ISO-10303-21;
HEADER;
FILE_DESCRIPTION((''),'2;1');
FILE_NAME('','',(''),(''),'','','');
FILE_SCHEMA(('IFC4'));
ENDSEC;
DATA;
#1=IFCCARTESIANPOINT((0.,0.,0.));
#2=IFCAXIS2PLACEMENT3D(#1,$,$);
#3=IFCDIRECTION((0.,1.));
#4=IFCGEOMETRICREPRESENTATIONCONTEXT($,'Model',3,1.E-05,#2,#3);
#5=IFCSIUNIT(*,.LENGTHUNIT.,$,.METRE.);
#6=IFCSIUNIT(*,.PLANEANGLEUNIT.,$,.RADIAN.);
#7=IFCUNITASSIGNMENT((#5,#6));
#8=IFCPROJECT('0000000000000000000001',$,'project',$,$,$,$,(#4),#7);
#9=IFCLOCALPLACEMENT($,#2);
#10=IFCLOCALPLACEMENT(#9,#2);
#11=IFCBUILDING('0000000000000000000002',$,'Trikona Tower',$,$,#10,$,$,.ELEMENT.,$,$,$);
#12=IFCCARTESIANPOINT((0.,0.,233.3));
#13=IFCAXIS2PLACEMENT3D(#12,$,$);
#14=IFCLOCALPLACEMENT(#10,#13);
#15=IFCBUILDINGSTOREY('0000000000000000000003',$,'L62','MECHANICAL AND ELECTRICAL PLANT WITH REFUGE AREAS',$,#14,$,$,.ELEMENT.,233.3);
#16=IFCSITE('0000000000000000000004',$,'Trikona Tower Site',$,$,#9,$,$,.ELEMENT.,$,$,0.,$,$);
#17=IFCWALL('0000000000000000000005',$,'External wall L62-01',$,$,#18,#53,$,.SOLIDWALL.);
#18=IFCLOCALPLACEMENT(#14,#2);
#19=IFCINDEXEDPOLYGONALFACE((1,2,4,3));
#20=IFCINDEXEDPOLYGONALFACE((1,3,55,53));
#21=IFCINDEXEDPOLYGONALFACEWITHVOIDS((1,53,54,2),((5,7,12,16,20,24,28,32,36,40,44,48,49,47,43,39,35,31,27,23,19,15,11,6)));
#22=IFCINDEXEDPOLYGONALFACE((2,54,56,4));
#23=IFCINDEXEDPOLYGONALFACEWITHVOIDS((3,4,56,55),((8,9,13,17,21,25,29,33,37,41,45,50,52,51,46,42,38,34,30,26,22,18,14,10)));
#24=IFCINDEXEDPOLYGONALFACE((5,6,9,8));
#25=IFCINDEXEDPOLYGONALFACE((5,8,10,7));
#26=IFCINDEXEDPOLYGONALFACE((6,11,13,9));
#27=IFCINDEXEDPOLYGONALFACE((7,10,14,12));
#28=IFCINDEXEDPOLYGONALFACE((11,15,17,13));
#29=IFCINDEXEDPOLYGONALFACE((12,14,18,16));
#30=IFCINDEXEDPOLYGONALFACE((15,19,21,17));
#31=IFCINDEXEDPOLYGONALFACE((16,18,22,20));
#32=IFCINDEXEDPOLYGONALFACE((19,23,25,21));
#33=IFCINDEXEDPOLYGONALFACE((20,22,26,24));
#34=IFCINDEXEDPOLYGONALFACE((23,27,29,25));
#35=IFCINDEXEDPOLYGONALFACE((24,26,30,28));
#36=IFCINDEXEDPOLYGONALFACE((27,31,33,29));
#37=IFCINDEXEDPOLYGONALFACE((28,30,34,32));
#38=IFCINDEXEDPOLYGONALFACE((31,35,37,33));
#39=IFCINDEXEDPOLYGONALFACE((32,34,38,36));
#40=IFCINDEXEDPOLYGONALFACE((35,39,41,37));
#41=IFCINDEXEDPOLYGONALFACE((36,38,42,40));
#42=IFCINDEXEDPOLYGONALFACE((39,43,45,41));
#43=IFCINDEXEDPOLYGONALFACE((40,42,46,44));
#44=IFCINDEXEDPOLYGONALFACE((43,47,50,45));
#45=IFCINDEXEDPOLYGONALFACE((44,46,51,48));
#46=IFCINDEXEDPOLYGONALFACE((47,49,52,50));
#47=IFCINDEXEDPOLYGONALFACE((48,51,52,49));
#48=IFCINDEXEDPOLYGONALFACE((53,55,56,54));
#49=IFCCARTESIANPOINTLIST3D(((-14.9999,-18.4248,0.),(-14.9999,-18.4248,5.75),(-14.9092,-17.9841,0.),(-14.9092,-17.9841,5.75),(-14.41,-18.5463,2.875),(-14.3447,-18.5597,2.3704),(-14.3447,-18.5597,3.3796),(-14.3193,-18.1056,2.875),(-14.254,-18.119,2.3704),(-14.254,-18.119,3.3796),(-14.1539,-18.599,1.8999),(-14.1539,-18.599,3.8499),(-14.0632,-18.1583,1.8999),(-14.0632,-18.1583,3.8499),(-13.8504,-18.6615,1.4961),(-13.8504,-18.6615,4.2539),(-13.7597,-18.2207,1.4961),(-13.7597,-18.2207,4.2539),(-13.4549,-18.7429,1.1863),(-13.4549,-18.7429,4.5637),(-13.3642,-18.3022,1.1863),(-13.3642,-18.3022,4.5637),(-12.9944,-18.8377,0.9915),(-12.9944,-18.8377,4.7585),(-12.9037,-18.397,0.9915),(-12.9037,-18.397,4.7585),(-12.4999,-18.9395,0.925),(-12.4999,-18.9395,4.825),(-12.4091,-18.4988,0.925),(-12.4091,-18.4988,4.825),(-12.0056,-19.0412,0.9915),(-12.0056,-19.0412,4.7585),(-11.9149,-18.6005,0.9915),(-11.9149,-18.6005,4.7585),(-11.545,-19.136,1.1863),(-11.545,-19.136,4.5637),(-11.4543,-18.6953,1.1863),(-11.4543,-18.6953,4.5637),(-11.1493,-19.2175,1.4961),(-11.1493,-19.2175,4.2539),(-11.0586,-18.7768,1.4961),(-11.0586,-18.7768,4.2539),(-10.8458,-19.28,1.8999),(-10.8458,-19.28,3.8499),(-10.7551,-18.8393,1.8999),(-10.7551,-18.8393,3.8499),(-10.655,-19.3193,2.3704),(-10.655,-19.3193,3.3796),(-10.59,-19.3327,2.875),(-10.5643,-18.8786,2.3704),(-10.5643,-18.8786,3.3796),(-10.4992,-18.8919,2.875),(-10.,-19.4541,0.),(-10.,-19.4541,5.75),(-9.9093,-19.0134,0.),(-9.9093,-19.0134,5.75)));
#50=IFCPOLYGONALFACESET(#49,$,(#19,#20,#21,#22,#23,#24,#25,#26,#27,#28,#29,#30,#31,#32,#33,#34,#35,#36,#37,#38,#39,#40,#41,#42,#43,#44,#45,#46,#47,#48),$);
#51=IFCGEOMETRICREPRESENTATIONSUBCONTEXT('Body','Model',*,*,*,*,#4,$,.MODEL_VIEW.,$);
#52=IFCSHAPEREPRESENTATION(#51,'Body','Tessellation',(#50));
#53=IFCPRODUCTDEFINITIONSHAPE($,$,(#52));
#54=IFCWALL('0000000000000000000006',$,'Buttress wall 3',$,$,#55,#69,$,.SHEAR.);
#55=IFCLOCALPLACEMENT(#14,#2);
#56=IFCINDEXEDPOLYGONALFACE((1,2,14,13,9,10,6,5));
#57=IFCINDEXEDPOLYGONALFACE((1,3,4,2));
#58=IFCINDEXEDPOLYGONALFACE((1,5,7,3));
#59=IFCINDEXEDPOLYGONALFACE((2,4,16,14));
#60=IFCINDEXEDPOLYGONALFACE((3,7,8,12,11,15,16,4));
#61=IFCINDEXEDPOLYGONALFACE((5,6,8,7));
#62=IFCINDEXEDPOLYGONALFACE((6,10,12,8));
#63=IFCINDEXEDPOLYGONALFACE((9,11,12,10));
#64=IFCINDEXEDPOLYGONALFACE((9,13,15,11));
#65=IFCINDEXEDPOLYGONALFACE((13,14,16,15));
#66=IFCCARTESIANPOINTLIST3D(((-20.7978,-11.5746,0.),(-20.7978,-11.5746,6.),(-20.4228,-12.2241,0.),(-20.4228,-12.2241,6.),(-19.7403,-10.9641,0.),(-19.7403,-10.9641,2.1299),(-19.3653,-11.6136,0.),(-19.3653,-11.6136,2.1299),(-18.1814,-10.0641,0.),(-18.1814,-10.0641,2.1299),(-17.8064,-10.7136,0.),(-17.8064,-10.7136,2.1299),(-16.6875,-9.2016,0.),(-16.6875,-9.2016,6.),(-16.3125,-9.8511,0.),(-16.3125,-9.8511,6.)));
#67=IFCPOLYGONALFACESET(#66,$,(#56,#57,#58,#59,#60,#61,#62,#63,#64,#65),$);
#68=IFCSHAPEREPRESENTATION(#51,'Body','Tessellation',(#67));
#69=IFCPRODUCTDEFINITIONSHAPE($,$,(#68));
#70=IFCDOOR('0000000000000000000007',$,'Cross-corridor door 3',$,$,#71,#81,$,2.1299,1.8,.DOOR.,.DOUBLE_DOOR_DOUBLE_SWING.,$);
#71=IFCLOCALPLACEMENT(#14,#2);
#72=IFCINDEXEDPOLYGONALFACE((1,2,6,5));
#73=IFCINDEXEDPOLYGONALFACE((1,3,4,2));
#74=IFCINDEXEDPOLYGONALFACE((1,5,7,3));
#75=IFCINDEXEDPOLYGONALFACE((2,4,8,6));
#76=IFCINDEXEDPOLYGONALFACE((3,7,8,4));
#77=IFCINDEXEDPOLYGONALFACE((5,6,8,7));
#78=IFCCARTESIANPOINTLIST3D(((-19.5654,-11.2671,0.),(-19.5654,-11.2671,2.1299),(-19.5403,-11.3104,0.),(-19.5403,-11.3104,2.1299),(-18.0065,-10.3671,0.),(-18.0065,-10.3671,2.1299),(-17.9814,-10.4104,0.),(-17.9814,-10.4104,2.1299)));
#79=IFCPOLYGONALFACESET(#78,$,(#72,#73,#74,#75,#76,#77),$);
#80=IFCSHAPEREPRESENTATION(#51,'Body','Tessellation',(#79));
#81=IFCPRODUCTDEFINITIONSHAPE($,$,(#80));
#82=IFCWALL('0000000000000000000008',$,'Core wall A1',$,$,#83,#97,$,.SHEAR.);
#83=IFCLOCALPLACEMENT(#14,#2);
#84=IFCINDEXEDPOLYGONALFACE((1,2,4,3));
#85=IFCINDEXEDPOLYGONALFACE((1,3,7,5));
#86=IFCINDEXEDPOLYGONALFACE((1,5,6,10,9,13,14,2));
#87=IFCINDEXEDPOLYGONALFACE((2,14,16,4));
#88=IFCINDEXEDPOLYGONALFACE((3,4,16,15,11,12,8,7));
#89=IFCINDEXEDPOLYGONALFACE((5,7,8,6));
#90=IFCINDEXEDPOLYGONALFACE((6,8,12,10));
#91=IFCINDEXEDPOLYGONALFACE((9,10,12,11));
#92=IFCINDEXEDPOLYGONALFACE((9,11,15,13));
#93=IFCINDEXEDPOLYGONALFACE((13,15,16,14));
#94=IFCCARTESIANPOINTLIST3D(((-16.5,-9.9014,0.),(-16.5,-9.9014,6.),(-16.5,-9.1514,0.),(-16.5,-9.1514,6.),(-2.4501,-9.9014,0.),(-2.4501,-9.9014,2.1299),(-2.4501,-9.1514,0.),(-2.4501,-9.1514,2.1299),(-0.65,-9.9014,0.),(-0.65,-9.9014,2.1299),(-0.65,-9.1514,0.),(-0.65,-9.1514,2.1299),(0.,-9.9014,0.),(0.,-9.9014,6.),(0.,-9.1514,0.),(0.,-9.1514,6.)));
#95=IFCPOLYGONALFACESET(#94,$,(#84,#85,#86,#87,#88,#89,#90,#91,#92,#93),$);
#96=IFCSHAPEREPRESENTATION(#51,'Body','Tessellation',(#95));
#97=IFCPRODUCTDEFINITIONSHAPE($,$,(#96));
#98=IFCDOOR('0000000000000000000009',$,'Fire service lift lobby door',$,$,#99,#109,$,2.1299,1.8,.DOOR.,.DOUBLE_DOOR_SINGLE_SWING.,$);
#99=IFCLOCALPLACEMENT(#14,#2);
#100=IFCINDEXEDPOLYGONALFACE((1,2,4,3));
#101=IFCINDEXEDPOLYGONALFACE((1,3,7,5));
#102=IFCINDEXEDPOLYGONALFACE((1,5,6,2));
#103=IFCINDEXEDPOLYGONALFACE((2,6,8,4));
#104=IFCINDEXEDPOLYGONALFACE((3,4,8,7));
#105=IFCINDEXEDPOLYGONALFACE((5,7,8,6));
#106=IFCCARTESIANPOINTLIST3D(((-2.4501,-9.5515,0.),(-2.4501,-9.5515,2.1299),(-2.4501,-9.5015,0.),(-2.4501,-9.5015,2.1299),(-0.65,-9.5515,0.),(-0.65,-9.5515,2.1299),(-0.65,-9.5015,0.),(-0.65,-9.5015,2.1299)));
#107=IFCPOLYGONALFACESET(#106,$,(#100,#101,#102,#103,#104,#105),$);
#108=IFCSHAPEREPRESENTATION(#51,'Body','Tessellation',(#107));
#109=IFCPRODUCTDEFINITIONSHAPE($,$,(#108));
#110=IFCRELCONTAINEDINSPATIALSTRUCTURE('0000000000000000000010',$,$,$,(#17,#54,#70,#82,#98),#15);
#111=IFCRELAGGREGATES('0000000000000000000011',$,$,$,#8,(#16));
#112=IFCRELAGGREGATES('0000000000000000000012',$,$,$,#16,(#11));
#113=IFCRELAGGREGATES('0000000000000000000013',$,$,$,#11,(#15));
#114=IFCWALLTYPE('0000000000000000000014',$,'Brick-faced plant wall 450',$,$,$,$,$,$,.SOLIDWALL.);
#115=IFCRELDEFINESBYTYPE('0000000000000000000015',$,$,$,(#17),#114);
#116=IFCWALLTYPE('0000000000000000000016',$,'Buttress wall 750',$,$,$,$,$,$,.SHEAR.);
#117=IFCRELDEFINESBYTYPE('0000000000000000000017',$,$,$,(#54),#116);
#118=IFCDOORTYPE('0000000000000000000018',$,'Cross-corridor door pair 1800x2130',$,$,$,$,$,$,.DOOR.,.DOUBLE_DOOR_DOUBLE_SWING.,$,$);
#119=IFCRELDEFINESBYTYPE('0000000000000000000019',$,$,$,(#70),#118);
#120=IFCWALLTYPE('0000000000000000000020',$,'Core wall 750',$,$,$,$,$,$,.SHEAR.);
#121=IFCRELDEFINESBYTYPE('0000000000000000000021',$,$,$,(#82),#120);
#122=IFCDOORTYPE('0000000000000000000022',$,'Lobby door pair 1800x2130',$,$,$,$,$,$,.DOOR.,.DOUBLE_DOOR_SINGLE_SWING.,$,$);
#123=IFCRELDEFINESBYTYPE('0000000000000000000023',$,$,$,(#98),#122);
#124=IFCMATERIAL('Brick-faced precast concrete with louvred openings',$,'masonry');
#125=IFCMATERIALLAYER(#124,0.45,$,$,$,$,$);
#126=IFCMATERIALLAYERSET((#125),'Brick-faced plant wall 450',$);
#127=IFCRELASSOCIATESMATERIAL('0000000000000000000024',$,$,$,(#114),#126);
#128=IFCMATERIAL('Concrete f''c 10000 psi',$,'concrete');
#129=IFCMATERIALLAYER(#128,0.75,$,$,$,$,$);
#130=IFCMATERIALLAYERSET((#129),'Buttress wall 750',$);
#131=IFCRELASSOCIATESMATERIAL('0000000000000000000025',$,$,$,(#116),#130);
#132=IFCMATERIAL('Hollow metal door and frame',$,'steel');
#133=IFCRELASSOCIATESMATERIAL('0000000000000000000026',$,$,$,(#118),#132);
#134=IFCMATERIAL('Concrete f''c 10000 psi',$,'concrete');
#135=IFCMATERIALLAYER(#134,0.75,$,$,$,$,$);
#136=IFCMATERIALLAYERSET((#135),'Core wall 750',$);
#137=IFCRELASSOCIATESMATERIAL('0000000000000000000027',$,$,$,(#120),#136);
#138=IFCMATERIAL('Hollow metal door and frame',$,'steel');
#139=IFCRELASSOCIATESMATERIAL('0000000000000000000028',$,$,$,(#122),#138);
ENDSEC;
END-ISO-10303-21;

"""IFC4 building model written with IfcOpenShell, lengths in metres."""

from ifc_helpers import new_model, si_unit, direction, frame, frame_2d, origin, place, context, subcontext, project, spatial, polyline, rectangle, outline, extrude, material, layer, layer_set, type_object, element, fill, save


model = new_model("IFC4")

# Units and contexts
model_context = context("Model", 3, precision=1e-05, world=origin(), true_north=direction((0.0, 1.0)))
body_context = subcontext(model_context, "Body", "Model", "MODEL_VIEW")
ifc_project = project(units=[si_unit("LENGTHUNIT", "METRE"), si_unit("PLANEANGLEUNIT", "RADIAN")], contexts=[model_context])

# Site, building, storey
site_placement = place(None, origin())
site = spatial("IfcSite", under=ifc_project, at=site_placement, Name="Trikona Tower Site", CompositionType="ELEMENT", RefElevation=0.0)
building_placement = place(site_placement, origin())
building = spatial("IfcBuilding", under=site, at=building_placement, Name="Trikona Tower", CompositionType="ELEMENT")
storey_placement = place(building_placement, frame((0.0, 0.0, 233.3)))
storey = spatial("IfcBuildingStorey", under=building, at=storey_placement, Name="L62", Description="MECHANICAL AND ELECTRICAL PLANT WITH REFUGE AREAS", CompositionType="ELEMENT", Elevation=233.3)

# Wall
ifc_material_1 = material(Name="Brick-faced precast concrete with louvred openings", Category="masonry")
ifc_layer_1 = layer(ifc_material_1, 0.45)
ifc_layer_set_1 = layer_set([ifc_layer_1], Name="Brick-faced plant wall 450")
wall_type_1 = type_object("IfcWallType", Name="Brick-faced plant wall 450", PredefinedType="SOLIDWALL", material=ifc_layer_set_1)
wall_1_placement = place(storey_placement, frame((-14.9546, -18.2046, 0.0), z_axis=(0.0, 0.0, 1.0), x_axis=(0.979461, -0.201631, 0.0)))
element("IfcWall", 1, at=wall_1_placement, inside=storey, type_object=wall_type_1, Name="External wall L62-01", PredefinedType="SOLIDWALL", context=body_context, shape_type="SweptSolid", body=[
    extrude(outline(polyline([(0.0, 0.0), (5.1047, 0.0), (5.1047, 5.75), (0.0, 5.75), (0.0, 0.0)]), holes=[polyline([(4.5024, 2.875), (4.436, 3.3796), (4.2412, 3.8499), (3.9314, 4.2539), (3.5273, 4.5637), (3.0571, 4.7585), (2.5525, 4.825), (2.0476, 4.7585), (1.5774, 4.5637), (1.1736, 4.2539), (0.8638, 3.8499), (0.6689, 3.3796), (0.6023, 2.875), (0.6689, 2.3704), (0.8638, 1.8999), (1.1736, 1.4961), (1.5774, 1.1863), (2.0476, 0.9915), (2.5525, 0.925), (3.0571, 0.9915), (3.5273, 1.1863), (3.9314, 1.4961), (4.2412, 1.8999), (4.436, 2.3704), (4.5024, 2.875)])]), frame((0.0, 0.2251, 0.0), z_axis=(0.0, -1.0, 0.0), x_axis=(1.0, 0.0, 0.0)), (0.0, 0.0, 1.0), 0.45),
])

# Walls, openings, doors
ifc_material_2 = material(Name="Concrete f'c 10000 psi", Category="concrete")
ifc_layer_2 = layer(ifc_material_2, 0.75)
ifc_layer_set_2 = layer_set([ifc_layer_2], Name="Buttress wall 750")
wall_type_2 = type_object("IfcWallType", Name="Buttress wall 750", PredefinedType="SHEAR", material=ifc_layer_set_2)
wall_2_placement = place(storey_placement, frame((-16.5, -9.5264, 0.0), z_axis=(0.0, 0.0, 1.0), x_axis=(-0.866031, -0.49999, 0.0)))
wall_2 = element("IfcWall", 2, at=wall_2_placement, inside=storey, type_object=wall_type_2, Name="Buttress wall 3", PredefinedType="SHEAR", context=body_context, shape_type="SweptSolid", body=[
    extrude(rectangle(XDim=4.7461, YDim=0.75, at=frame_2d((2.373, 0.0))), origin(), (0.0, 0.0, 1.0), 6.0),
])
opening_1_placement = place(wall_2_placement, frame((1.7251, 0.0, 0.0)))
opening_1 = element("IfcOpeningElement", 3, at=opening_1_placement, cuts=wall_2, PredefinedType="OPENING", context=body_context, shape_type="SweptSolid", body=[
    extrude(rectangle(XDim=1.8, YDim=2.1299, at=frame_2d((0.8999, 1.0649))), frame((0.0, 0.385, 0.0), z_axis=(0.0, -1.0, 0.0), x_axis=(1.0, 0.0, 0.0)), (0.0, 0.0, 1.0), 0.77),
])
ifc_material_3 = material(Name="Hollow metal door and frame", Category="steel")
door_type_1 = type_object("IfcDoorType", Name="Cross-corridor door pair 1800x2130", OperationType="DOUBLE_DOOR_DOUBLE_SWING", PredefinedType="DOOR", material=ifc_material_3)
door_1_placement = place(opening_1_placement, origin())
door_1 = element("IfcDoor", 4, at=door_1_placement, inside=storey, type_object=door_type_1, Name="Cross-corridor door 3", OperationType="DOUBLE_DOOR_DOUBLE_SWING", OverallHeight=2.1299, OverallWidth=1.8, PredefinedType="DOOR", context=body_context, shape_type="SweptSolid", body=[
    extrude(rectangle(XDim=1.8, YDim=2.1299, at=frame_2d((0.8999, 1.0649))), frame((0.0, 0.0249, 0.0), z_axis=(0.0, -1.0, 0.0), x_axis=(1.0, 0.0, 0.0)), (0.0, 0.0, 1.0), 0.05),
])
fill(opening_1, door_1)
ifc_material_4 = material(Name="Concrete f'c 10000 psi", Category="concrete")
ifc_layer_3 = layer(ifc_material_4, 0.75)
ifc_layer_set_3 = layer_set([ifc_layer_3], Name="Core wall 750")
wall_type_3 = type_object("IfcWallType", Name="Core wall 750", PredefinedType="SHEAR", material=ifc_layer_set_3)
wall_3_placement = place(storey_placement, frame((-16.5, -9.5264, 0.0), z_axis=(0.0, 0.0, 1.0), x_axis=(1.0, 0.0, 0.0)))
wall_3 = element("IfcWall", 5, at=wall_3_placement, inside=storey, type_object=wall_type_3, Name="Core wall A1", PredefinedType="SHEAR", context=body_context, shape_type="SweptSolid", body=[
    extrude(rectangle(XDim=16.5, YDim=0.75, at=frame_2d((8.25, 0.0))), origin(), (0.0, 0.0, 1.0), 6.0),
])
opening_2_placement = place(wall_3_placement, frame((14.05, 0.0, 0.0)))
opening_2 = element("IfcOpeningElement", 6, at=opening_2_placement, cuts=wall_3, PredefinedType="OPENING", context=body_context, shape_type="SweptSolid", body=[
    extrude(rectangle(XDim=1.8, YDim=2.1299, at=frame_2d((0.8999, 1.0649))), frame((0.0, 0.385, 0.0), z_axis=(0.0, -1.0, 0.0), x_axis=(1.0, 0.0, 0.0)), (0.0, 0.0, 1.0), 0.77),
])
ifc_material_5 = material(Name="Hollow metal door and frame", Category="steel")
door_type_2 = type_object("IfcDoorType", Name="Lobby door pair 1800x2130", OperationType="DOUBLE_DOOR_SINGLE_SWING", PredefinedType="DOOR", material=ifc_material_5)
door_2_placement = place(opening_2_placement, origin())
door_2 = element("IfcDoor", 7, at=door_2_placement, inside=storey, type_object=door_type_2, Name="Fire service lift lobby door", OperationType="DOUBLE_DOOR_SINGLE_SWING", OverallHeight=2.1299, OverallWidth=1.8, PredefinedType="DOOR", context=body_context, shape_type="SweptSolid", body=[
    extrude(rectangle(XDim=1.8, YDim=2.1299, at=frame_2d((0.8999, 1.0649))), frame((0.0, 0.0249, 0.0), z_axis=(0.0, -1.0, 0.0), x_axis=(1.0, 0.0, 0.0)), (0.0, 0.0, 1.0), 0.05),
])
fill(opening_2, door_2)

save(model, "model.ifc")
